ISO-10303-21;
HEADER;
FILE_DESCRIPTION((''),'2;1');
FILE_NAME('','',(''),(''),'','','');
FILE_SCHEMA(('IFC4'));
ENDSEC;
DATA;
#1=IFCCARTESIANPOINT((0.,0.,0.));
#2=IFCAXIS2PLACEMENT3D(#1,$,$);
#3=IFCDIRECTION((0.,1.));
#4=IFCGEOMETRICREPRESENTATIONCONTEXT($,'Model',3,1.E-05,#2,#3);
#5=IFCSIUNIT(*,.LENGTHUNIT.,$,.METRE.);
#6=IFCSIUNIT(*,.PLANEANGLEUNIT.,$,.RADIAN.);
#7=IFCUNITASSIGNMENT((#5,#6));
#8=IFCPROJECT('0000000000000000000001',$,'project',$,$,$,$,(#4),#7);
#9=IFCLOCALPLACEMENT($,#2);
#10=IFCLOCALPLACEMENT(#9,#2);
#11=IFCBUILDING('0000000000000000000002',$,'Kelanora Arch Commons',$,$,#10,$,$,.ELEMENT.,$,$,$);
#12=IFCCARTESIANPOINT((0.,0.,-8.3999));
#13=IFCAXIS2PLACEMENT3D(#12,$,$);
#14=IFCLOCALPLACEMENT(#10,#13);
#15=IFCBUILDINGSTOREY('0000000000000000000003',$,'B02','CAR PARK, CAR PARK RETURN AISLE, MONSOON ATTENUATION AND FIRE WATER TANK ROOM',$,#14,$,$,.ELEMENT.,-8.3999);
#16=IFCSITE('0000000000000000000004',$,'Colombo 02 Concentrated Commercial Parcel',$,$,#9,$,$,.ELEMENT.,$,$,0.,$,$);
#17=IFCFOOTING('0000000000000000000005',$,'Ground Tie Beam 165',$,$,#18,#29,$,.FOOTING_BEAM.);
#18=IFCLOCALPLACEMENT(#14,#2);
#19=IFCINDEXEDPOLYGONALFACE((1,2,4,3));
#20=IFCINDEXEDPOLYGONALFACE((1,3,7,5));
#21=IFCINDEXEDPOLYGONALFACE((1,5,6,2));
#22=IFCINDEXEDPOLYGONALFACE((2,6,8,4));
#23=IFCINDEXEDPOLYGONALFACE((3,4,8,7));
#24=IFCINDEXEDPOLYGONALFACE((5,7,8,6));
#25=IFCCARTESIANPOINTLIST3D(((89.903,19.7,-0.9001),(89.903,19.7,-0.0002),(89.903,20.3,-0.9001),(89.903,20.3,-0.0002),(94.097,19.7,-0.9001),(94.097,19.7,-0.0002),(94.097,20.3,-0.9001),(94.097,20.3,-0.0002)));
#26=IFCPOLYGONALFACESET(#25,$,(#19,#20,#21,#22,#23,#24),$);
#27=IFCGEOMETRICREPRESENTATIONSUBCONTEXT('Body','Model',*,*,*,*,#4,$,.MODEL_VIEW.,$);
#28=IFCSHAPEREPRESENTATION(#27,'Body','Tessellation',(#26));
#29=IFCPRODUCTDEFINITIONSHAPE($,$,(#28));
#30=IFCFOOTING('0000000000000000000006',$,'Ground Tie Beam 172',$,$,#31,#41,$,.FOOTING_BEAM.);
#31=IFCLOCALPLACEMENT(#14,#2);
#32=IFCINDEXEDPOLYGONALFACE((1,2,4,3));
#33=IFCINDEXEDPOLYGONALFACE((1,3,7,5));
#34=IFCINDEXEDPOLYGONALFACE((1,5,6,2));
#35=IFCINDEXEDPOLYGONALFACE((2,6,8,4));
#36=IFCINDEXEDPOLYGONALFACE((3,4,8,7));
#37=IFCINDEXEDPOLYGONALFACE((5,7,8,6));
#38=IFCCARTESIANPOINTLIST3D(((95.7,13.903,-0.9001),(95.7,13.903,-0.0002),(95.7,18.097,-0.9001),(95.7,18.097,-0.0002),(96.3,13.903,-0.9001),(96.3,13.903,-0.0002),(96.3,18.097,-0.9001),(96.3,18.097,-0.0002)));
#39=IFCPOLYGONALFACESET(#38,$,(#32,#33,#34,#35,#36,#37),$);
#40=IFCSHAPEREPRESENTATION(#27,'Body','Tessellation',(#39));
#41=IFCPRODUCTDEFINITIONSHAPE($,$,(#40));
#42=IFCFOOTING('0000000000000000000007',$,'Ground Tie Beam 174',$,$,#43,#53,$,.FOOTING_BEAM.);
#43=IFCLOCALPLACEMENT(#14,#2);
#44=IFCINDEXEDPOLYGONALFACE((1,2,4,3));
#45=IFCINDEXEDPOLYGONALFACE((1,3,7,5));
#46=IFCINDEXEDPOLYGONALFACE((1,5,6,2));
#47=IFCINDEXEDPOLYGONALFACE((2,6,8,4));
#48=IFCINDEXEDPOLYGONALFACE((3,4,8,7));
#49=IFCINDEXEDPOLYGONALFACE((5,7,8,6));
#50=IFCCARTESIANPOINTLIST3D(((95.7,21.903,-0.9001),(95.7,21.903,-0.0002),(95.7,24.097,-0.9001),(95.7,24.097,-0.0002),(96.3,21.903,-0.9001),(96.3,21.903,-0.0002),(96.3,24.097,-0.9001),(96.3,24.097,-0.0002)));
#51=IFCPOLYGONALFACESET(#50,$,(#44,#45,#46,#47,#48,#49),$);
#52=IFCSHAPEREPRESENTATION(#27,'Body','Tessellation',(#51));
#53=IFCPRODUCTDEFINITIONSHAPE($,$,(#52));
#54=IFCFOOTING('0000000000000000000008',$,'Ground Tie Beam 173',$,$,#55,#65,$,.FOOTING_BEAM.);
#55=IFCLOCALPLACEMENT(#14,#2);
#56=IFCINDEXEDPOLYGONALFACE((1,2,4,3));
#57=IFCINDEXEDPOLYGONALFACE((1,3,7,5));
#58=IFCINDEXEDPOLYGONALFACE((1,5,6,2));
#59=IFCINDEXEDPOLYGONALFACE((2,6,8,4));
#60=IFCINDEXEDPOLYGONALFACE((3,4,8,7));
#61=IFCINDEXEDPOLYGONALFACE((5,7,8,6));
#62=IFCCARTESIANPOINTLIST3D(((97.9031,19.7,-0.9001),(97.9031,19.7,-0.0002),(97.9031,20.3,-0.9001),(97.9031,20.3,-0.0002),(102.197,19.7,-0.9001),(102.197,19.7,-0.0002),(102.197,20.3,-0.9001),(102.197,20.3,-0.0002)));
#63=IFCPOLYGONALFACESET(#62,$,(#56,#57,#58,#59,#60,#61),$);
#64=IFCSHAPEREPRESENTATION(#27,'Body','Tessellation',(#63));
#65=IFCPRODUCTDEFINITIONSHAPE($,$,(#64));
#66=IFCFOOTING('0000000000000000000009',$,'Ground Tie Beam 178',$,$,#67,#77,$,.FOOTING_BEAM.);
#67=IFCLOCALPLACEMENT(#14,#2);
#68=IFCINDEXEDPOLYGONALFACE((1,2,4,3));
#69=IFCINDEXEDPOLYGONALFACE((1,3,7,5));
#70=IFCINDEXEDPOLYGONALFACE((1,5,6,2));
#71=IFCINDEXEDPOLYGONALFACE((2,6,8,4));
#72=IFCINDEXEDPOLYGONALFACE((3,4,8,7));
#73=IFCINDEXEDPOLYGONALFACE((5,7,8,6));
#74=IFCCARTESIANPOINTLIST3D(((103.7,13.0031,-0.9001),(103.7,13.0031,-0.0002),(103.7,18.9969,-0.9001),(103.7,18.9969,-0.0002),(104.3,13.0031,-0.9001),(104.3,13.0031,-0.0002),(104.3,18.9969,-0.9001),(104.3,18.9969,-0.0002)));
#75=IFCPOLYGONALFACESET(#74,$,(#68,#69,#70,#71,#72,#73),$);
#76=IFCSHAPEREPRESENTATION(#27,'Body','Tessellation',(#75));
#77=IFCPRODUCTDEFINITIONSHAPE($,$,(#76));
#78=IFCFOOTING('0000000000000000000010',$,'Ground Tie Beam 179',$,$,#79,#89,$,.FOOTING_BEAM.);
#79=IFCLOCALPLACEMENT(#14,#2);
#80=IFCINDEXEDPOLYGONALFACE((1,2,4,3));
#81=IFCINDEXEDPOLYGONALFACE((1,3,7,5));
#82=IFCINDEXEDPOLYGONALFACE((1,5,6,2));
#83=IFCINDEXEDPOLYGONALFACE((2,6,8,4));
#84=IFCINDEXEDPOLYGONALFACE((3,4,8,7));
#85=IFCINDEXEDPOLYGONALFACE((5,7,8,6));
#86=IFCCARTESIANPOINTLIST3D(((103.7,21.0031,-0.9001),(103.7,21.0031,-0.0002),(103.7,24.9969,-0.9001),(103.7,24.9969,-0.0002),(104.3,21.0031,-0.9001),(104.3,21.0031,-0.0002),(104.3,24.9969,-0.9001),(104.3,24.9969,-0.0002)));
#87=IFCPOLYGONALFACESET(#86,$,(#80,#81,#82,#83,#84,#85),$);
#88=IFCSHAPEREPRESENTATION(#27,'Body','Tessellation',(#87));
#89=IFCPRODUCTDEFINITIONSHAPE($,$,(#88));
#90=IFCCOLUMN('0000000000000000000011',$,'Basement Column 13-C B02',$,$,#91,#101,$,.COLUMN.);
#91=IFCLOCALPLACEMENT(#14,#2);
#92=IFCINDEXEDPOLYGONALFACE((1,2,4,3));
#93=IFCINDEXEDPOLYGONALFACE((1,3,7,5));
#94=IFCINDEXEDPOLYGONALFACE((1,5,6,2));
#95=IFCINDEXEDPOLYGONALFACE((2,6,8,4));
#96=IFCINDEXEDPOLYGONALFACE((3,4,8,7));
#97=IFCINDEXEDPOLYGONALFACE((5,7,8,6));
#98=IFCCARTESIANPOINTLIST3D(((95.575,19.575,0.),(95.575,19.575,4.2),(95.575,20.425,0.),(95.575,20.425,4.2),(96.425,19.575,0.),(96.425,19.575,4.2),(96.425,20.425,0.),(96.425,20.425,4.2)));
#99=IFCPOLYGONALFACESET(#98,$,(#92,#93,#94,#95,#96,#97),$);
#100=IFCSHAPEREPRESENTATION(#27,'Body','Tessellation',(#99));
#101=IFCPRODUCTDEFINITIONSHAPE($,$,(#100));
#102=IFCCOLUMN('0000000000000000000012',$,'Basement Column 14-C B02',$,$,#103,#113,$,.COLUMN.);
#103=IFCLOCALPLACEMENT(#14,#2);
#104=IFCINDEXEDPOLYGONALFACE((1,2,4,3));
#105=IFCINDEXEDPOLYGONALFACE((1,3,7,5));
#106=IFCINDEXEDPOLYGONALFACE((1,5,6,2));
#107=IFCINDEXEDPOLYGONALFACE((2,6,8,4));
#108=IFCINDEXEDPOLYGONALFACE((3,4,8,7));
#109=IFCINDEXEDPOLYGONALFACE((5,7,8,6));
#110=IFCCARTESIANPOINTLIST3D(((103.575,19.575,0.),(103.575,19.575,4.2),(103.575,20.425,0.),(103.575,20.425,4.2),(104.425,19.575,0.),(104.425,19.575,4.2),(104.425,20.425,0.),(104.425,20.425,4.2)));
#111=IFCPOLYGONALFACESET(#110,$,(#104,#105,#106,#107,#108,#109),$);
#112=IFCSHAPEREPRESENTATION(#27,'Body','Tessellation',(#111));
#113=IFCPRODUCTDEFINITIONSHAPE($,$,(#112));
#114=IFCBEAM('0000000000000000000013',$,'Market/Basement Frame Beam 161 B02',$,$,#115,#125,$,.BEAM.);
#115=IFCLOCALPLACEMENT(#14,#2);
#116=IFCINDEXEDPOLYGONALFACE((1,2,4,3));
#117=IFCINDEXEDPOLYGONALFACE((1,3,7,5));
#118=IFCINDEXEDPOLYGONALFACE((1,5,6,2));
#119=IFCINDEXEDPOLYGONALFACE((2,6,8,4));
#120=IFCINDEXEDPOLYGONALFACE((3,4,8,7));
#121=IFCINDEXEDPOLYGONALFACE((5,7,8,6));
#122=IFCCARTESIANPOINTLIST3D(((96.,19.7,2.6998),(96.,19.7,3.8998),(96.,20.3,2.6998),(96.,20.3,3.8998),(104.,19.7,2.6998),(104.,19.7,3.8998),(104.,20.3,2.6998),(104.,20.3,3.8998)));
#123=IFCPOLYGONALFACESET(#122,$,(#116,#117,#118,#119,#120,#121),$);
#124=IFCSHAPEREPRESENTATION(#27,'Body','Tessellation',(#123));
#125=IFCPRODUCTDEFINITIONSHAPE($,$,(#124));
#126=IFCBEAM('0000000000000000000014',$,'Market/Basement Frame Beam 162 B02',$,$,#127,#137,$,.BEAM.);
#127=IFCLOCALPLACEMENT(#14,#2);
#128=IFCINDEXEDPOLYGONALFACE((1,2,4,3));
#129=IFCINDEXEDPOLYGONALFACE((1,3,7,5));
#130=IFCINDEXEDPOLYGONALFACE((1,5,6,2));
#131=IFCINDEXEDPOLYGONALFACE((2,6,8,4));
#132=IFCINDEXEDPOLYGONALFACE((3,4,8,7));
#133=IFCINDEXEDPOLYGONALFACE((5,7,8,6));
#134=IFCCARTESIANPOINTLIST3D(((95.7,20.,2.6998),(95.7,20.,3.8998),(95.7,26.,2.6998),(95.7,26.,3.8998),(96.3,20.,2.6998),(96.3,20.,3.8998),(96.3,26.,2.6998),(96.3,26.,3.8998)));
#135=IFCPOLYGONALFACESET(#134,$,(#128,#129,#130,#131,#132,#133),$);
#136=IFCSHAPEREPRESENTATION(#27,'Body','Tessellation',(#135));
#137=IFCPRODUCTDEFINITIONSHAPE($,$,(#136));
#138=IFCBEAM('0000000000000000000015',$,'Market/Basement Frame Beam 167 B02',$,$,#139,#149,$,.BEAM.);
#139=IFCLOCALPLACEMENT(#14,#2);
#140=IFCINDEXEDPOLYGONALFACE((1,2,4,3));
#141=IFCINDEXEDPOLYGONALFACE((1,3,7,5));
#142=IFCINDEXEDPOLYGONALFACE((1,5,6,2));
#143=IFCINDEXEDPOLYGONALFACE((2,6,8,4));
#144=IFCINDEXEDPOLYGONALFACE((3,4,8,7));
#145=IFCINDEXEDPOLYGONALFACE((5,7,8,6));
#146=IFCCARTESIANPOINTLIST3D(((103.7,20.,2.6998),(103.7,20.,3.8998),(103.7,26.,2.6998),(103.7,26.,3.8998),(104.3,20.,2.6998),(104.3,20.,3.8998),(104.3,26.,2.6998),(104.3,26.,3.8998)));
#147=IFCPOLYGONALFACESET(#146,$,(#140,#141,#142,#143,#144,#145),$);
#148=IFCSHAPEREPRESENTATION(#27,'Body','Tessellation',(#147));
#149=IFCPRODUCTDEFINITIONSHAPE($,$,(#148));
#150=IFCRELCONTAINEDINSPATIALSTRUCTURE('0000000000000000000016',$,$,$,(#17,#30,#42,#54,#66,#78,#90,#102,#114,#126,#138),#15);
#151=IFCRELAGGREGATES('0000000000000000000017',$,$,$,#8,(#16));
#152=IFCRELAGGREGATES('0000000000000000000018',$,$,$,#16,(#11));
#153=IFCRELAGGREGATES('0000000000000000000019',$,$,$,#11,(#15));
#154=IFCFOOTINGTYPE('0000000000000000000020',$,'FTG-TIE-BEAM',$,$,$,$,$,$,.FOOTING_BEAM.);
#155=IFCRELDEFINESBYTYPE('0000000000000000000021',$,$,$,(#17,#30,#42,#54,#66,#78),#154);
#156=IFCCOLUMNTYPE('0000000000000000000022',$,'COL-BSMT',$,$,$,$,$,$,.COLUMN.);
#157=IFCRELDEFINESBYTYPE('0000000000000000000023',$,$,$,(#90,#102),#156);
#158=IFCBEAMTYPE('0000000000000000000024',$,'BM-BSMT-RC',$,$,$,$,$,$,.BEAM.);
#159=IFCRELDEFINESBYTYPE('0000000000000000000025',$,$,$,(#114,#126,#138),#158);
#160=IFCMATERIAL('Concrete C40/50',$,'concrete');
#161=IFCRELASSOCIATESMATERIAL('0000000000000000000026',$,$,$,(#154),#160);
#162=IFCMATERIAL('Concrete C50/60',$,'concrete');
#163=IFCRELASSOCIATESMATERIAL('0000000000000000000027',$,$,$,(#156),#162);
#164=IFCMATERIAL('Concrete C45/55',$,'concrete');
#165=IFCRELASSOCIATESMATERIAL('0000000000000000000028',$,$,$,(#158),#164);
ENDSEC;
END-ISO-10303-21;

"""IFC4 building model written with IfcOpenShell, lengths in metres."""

from ifc_helpers import new_model, si_unit, direction, frame, origin, origin_2d, place, context, subcontext, project, spatial, rectangle, extrude, source, transform, mapped, material, material_profile, profile_set, type_object, element, save


model = new_model("IFC4")

# Units and contexts
model_context = context("Model", 3, precision=1e-05, world=origin(), true_north=direction((0.0, 1.0)))
body_context = subcontext(model_context, "Body", "Model", "MODEL_VIEW")
ifc_project = project(units=[si_unit("LENGTHUNIT", "METRE"), si_unit("PLANEANGLEUNIT", "RADIAN")], contexts=[model_context])

# Site, building, storey
site_placement = place(None, origin())
site = spatial("IfcSite", under=ifc_project, at=site_placement, Name="Colombo 02 Concentrated Commercial Parcel", CompositionType="ELEMENT", RefElevation=0.0)
building_placement = place(site_placement, origin())
building = spatial("IfcBuilding", under=site, at=building_placement, Name="Kelanora Arch Commons", CompositionType="ELEMENT")
storey_placement = place(building_placement, frame((0.0, 0.0, -8.3999)))
storey = spatial("IfcBuildingStorey", under=building, at=storey_placement, Name="B02", Description="CAR PARK, CAR PARK RETURN AISLE, MONSOON ATTENUATION AND FIRE WATER TANK ROOM", CompositionType="ELEMENT", Elevation=-8.3999)

# Shared definitions
ifc_material_1 = material(Name="Concrete C40/50", Category="concrete")

# Shared definitions
ifc_material_2 = material(Name="Concrete C45/55", Category="concrete")

# Footings
footing_type_1 = type_object("IfcFootingType", Name="FTG-TIE-BEAM", PredefinedType="FOOTING_BEAM", material=ifc_material_1)
shared_shape_1 = source(origin(), body_context, "Body", "SweptSolid", [
    extrude(rectangle(XDim=4.1941, YDim=0.6001, at=origin_2d()), origin(), (0.0, 0.0, 1.0), 0.8999),
])
for number, where, z_axis, x_axis, name in (
    (1, (92.0, 20.0, -0.9001), (0.0, 0.0, 1.0), (1.0, 0.0, 0.0), "Ground Tie Beam 165"),
    (2, (96.0, 16.0, -0.9001), (0.0, 0.0, 1.0), (0.0, 1.0, 0.0), "Ground Tie Beam 172"),
):
    element("IfcFooting", number, at=place(storey_placement, frame(where, z_axis=z_axis, x_axis=x_axis)), inside=storey, type_object=footing_type_1, Name=name, PredefinedType="FOOTING_BEAM", context=body_context, shape_type="MappedRepresentation", body=[
        mapped(shared_shape_1, transform((0.0, 0.0, 0.0), scale=1.0)),
    ])
shared_shape_2 = source(origin(), body_context, "Body", "SweptSolid", [
    extrude(rectangle(XDim=2.1941, YDim=0.6001, at=origin_2d()), origin(), (0.0, 0.0, 1.0), 0.8999),
])
footing_1_placement = place(storey_placement, frame((96.0, 23.0, -0.9001), z_axis=(0.0, 0.0, 1.0), x_axis=(0.0, 1.0, 0.0)))
element("IfcFooting", 3, at=footing_1_placement, inside=storey, type_object=footing_type_1, Name="Ground Tie Beam 174", PredefinedType="FOOTING_BEAM", context=body_context, shape_type="MappedRepresentation", body=[
    mapped(shared_shape_2, transform((0.0, 0.0, 0.0), scale=1.0)),
])
shared_shape_3 = source(origin(), body_context, "Body", "SweptSolid", [
    extrude(rectangle(XDim=4.2939, YDim=0.6001, at=origin_2d()), origin(), (0.0, 0.0, 1.0), 0.8999),
])
footing_2_placement = place(storey_placement, frame((100.05, 20.0, -0.9001), z_axis=(0.0, 0.0, 1.0), x_axis=(1.0, 0.0, 0.0)))
element("IfcFooting", 4, at=footing_2_placement, inside=storey, type_object=footing_type_1, Name="Ground Tie Beam 173", PredefinedType="FOOTING_BEAM", context=body_context, shape_type="MappedRepresentation", body=[
    mapped(shared_shape_3, transform((0.0, 0.0, 0.0), scale=1.0)),
])
shared_shape_4 = source(origin(), body_context, "Body", "SweptSolid", [
    extrude(rectangle(XDim=5.9939, YDim=0.6001, at=origin_2d()), origin(), (0.0, 0.0, 1.0), 0.8999),
])
footing_3_placement = place(storey_placement, frame((104.0, 16.0, -0.9001), z_axis=(0.0, 0.0, 1.0), x_axis=(0.0, 1.0, 0.0)))
element("IfcFooting", 5, at=footing_3_placement, inside=storey, type_object=footing_type_1, Name="Ground Tie Beam 178", PredefinedType="FOOTING_BEAM", context=body_context, shape_type="MappedRepresentation", body=[
    mapped(shared_shape_4, transform((0.0, 0.0, 0.0), scale=1.0)),
])
shared_shape_5 = source(origin(), body_context, "Body", "SweptSolid", [
    extrude(rectangle(XDim=3.9939, YDim=0.6001, at=origin_2d()), origin(), (0.0, 0.0, 1.0), 0.8999),
])
footing_4_placement = place(storey_placement, frame((104.0, 23.0, -0.9001), z_axis=(0.0, 0.0, 1.0), x_axis=(0.0, 1.0, 0.0)))
element("IfcFooting", 6, at=footing_4_placement, inside=storey, type_object=footing_type_1, Name="Ground Tie Beam 179", PredefinedType="FOOTING_BEAM", context=body_context, shape_type="MappedRepresentation", body=[
    mapped(shared_shape_5, transform((0.0, 0.0, 0.0), scale=1.0)),
])

# Columns
ifc_material_3 = material(Name="Concrete C50/60", Category="concrete")
ifc_material_profile_1 = material_profile(ifc_material_3, rectangle(XDim=0.8501, YDim=0.8501, at=origin_2d()), Name="RC850x850")
ifc_profile_set_1 = profile_set([ifc_material_profile_1], Name="Concrete C50/60")
column_type = type_object("IfcColumnType", Name="COL-BSMT", PredefinedType="COLUMN", material=ifc_profile_set_1)
for number, where, z_axis, x_axis, name in (
    (7, (96.0, 20.0, 0.0), (0.0, 0.0, 1.0), (1.0, 0.0, 0.0), "Basement Column 13-C B02"),
    (8, (104.0, 20.0, 0.0), (0.0, 0.0, 1.0), (1.0, 0.0, 0.0), "Basement Column 14-C B02"),
):
    element("IfcColumn", number, at=place(storey_placement, frame(where, z_axis=z_axis, x_axis=x_axis)), inside=storey, type_object=column_type, Name=name, PredefinedType="COLUMN", context=body_context, shape_type="SweptSolid", body=[
        extrude(rectangle(XDim=0.8501, YDim=0.8501, at=origin_2d()), origin(), (0.0, 0.0, 1.0), 4.2),
    ])

# Beams
ifc_material_profile_2 = material_profile(ifc_material_2, rectangle(XDim=0.6001, YDim=1.2, at=origin_2d()), Name="RCB600x1200")
ifc_profile_set_2 = profile_set([ifc_material_profile_2], Name="Concrete C45/55")
beam_type = type_object("IfcBeamType", Name="BM-BSMT-RC", PredefinedType="BEAM", material=ifc_profile_set_2)
beam_placement = place(storey_placement, frame((96.0, 20.0, 3.2998), z_axis=(1.0, 0.0, 0.0), x_axis=(0.0, 1.0, 0.0)))
element("IfcBeam", 9, at=beam_placement, inside=storey, type_object=beam_type, Name="Market/Basement Frame Beam 161 B02", PredefinedType="BEAM", context=body_context, shape_type="SweptSolid", body=[
    extrude(rectangle(XDim=0.6001, YDim=1.2, at=origin_2d()), origin(), (0.0, 0.0, 1.0), 8.0),
])
for number, where, z_axis, x_axis, name in (
    (10, (96.0, 20.0, 3.2998), (0.0, 1.0, 0.0), (-1.0, 0.0, 0.0), "Market/Basement Frame Beam 162 B02"),
    (11, (104.0, 20.0, 3.2998), (0.0, 1.0, 0.0), (-1.0, 0.0, 0.0), "Market/Basement Frame Beam 167 B02"),
):
    element("IfcBeam", number, at=place(storey_placement, frame(where, z_axis=z_axis, x_axis=x_axis)), inside=storey, type_object=beam_type, Name=name, PredefinedType="BEAM", context=body_context, shape_type="SweptSolid", body=[
        extrude(rectangle(XDim=0.6001, YDim=1.2, at=origin_2d()), origin(), (0.0, 0.0, 1.0), 6.0),
    ])

save(model, "model.ifc")
